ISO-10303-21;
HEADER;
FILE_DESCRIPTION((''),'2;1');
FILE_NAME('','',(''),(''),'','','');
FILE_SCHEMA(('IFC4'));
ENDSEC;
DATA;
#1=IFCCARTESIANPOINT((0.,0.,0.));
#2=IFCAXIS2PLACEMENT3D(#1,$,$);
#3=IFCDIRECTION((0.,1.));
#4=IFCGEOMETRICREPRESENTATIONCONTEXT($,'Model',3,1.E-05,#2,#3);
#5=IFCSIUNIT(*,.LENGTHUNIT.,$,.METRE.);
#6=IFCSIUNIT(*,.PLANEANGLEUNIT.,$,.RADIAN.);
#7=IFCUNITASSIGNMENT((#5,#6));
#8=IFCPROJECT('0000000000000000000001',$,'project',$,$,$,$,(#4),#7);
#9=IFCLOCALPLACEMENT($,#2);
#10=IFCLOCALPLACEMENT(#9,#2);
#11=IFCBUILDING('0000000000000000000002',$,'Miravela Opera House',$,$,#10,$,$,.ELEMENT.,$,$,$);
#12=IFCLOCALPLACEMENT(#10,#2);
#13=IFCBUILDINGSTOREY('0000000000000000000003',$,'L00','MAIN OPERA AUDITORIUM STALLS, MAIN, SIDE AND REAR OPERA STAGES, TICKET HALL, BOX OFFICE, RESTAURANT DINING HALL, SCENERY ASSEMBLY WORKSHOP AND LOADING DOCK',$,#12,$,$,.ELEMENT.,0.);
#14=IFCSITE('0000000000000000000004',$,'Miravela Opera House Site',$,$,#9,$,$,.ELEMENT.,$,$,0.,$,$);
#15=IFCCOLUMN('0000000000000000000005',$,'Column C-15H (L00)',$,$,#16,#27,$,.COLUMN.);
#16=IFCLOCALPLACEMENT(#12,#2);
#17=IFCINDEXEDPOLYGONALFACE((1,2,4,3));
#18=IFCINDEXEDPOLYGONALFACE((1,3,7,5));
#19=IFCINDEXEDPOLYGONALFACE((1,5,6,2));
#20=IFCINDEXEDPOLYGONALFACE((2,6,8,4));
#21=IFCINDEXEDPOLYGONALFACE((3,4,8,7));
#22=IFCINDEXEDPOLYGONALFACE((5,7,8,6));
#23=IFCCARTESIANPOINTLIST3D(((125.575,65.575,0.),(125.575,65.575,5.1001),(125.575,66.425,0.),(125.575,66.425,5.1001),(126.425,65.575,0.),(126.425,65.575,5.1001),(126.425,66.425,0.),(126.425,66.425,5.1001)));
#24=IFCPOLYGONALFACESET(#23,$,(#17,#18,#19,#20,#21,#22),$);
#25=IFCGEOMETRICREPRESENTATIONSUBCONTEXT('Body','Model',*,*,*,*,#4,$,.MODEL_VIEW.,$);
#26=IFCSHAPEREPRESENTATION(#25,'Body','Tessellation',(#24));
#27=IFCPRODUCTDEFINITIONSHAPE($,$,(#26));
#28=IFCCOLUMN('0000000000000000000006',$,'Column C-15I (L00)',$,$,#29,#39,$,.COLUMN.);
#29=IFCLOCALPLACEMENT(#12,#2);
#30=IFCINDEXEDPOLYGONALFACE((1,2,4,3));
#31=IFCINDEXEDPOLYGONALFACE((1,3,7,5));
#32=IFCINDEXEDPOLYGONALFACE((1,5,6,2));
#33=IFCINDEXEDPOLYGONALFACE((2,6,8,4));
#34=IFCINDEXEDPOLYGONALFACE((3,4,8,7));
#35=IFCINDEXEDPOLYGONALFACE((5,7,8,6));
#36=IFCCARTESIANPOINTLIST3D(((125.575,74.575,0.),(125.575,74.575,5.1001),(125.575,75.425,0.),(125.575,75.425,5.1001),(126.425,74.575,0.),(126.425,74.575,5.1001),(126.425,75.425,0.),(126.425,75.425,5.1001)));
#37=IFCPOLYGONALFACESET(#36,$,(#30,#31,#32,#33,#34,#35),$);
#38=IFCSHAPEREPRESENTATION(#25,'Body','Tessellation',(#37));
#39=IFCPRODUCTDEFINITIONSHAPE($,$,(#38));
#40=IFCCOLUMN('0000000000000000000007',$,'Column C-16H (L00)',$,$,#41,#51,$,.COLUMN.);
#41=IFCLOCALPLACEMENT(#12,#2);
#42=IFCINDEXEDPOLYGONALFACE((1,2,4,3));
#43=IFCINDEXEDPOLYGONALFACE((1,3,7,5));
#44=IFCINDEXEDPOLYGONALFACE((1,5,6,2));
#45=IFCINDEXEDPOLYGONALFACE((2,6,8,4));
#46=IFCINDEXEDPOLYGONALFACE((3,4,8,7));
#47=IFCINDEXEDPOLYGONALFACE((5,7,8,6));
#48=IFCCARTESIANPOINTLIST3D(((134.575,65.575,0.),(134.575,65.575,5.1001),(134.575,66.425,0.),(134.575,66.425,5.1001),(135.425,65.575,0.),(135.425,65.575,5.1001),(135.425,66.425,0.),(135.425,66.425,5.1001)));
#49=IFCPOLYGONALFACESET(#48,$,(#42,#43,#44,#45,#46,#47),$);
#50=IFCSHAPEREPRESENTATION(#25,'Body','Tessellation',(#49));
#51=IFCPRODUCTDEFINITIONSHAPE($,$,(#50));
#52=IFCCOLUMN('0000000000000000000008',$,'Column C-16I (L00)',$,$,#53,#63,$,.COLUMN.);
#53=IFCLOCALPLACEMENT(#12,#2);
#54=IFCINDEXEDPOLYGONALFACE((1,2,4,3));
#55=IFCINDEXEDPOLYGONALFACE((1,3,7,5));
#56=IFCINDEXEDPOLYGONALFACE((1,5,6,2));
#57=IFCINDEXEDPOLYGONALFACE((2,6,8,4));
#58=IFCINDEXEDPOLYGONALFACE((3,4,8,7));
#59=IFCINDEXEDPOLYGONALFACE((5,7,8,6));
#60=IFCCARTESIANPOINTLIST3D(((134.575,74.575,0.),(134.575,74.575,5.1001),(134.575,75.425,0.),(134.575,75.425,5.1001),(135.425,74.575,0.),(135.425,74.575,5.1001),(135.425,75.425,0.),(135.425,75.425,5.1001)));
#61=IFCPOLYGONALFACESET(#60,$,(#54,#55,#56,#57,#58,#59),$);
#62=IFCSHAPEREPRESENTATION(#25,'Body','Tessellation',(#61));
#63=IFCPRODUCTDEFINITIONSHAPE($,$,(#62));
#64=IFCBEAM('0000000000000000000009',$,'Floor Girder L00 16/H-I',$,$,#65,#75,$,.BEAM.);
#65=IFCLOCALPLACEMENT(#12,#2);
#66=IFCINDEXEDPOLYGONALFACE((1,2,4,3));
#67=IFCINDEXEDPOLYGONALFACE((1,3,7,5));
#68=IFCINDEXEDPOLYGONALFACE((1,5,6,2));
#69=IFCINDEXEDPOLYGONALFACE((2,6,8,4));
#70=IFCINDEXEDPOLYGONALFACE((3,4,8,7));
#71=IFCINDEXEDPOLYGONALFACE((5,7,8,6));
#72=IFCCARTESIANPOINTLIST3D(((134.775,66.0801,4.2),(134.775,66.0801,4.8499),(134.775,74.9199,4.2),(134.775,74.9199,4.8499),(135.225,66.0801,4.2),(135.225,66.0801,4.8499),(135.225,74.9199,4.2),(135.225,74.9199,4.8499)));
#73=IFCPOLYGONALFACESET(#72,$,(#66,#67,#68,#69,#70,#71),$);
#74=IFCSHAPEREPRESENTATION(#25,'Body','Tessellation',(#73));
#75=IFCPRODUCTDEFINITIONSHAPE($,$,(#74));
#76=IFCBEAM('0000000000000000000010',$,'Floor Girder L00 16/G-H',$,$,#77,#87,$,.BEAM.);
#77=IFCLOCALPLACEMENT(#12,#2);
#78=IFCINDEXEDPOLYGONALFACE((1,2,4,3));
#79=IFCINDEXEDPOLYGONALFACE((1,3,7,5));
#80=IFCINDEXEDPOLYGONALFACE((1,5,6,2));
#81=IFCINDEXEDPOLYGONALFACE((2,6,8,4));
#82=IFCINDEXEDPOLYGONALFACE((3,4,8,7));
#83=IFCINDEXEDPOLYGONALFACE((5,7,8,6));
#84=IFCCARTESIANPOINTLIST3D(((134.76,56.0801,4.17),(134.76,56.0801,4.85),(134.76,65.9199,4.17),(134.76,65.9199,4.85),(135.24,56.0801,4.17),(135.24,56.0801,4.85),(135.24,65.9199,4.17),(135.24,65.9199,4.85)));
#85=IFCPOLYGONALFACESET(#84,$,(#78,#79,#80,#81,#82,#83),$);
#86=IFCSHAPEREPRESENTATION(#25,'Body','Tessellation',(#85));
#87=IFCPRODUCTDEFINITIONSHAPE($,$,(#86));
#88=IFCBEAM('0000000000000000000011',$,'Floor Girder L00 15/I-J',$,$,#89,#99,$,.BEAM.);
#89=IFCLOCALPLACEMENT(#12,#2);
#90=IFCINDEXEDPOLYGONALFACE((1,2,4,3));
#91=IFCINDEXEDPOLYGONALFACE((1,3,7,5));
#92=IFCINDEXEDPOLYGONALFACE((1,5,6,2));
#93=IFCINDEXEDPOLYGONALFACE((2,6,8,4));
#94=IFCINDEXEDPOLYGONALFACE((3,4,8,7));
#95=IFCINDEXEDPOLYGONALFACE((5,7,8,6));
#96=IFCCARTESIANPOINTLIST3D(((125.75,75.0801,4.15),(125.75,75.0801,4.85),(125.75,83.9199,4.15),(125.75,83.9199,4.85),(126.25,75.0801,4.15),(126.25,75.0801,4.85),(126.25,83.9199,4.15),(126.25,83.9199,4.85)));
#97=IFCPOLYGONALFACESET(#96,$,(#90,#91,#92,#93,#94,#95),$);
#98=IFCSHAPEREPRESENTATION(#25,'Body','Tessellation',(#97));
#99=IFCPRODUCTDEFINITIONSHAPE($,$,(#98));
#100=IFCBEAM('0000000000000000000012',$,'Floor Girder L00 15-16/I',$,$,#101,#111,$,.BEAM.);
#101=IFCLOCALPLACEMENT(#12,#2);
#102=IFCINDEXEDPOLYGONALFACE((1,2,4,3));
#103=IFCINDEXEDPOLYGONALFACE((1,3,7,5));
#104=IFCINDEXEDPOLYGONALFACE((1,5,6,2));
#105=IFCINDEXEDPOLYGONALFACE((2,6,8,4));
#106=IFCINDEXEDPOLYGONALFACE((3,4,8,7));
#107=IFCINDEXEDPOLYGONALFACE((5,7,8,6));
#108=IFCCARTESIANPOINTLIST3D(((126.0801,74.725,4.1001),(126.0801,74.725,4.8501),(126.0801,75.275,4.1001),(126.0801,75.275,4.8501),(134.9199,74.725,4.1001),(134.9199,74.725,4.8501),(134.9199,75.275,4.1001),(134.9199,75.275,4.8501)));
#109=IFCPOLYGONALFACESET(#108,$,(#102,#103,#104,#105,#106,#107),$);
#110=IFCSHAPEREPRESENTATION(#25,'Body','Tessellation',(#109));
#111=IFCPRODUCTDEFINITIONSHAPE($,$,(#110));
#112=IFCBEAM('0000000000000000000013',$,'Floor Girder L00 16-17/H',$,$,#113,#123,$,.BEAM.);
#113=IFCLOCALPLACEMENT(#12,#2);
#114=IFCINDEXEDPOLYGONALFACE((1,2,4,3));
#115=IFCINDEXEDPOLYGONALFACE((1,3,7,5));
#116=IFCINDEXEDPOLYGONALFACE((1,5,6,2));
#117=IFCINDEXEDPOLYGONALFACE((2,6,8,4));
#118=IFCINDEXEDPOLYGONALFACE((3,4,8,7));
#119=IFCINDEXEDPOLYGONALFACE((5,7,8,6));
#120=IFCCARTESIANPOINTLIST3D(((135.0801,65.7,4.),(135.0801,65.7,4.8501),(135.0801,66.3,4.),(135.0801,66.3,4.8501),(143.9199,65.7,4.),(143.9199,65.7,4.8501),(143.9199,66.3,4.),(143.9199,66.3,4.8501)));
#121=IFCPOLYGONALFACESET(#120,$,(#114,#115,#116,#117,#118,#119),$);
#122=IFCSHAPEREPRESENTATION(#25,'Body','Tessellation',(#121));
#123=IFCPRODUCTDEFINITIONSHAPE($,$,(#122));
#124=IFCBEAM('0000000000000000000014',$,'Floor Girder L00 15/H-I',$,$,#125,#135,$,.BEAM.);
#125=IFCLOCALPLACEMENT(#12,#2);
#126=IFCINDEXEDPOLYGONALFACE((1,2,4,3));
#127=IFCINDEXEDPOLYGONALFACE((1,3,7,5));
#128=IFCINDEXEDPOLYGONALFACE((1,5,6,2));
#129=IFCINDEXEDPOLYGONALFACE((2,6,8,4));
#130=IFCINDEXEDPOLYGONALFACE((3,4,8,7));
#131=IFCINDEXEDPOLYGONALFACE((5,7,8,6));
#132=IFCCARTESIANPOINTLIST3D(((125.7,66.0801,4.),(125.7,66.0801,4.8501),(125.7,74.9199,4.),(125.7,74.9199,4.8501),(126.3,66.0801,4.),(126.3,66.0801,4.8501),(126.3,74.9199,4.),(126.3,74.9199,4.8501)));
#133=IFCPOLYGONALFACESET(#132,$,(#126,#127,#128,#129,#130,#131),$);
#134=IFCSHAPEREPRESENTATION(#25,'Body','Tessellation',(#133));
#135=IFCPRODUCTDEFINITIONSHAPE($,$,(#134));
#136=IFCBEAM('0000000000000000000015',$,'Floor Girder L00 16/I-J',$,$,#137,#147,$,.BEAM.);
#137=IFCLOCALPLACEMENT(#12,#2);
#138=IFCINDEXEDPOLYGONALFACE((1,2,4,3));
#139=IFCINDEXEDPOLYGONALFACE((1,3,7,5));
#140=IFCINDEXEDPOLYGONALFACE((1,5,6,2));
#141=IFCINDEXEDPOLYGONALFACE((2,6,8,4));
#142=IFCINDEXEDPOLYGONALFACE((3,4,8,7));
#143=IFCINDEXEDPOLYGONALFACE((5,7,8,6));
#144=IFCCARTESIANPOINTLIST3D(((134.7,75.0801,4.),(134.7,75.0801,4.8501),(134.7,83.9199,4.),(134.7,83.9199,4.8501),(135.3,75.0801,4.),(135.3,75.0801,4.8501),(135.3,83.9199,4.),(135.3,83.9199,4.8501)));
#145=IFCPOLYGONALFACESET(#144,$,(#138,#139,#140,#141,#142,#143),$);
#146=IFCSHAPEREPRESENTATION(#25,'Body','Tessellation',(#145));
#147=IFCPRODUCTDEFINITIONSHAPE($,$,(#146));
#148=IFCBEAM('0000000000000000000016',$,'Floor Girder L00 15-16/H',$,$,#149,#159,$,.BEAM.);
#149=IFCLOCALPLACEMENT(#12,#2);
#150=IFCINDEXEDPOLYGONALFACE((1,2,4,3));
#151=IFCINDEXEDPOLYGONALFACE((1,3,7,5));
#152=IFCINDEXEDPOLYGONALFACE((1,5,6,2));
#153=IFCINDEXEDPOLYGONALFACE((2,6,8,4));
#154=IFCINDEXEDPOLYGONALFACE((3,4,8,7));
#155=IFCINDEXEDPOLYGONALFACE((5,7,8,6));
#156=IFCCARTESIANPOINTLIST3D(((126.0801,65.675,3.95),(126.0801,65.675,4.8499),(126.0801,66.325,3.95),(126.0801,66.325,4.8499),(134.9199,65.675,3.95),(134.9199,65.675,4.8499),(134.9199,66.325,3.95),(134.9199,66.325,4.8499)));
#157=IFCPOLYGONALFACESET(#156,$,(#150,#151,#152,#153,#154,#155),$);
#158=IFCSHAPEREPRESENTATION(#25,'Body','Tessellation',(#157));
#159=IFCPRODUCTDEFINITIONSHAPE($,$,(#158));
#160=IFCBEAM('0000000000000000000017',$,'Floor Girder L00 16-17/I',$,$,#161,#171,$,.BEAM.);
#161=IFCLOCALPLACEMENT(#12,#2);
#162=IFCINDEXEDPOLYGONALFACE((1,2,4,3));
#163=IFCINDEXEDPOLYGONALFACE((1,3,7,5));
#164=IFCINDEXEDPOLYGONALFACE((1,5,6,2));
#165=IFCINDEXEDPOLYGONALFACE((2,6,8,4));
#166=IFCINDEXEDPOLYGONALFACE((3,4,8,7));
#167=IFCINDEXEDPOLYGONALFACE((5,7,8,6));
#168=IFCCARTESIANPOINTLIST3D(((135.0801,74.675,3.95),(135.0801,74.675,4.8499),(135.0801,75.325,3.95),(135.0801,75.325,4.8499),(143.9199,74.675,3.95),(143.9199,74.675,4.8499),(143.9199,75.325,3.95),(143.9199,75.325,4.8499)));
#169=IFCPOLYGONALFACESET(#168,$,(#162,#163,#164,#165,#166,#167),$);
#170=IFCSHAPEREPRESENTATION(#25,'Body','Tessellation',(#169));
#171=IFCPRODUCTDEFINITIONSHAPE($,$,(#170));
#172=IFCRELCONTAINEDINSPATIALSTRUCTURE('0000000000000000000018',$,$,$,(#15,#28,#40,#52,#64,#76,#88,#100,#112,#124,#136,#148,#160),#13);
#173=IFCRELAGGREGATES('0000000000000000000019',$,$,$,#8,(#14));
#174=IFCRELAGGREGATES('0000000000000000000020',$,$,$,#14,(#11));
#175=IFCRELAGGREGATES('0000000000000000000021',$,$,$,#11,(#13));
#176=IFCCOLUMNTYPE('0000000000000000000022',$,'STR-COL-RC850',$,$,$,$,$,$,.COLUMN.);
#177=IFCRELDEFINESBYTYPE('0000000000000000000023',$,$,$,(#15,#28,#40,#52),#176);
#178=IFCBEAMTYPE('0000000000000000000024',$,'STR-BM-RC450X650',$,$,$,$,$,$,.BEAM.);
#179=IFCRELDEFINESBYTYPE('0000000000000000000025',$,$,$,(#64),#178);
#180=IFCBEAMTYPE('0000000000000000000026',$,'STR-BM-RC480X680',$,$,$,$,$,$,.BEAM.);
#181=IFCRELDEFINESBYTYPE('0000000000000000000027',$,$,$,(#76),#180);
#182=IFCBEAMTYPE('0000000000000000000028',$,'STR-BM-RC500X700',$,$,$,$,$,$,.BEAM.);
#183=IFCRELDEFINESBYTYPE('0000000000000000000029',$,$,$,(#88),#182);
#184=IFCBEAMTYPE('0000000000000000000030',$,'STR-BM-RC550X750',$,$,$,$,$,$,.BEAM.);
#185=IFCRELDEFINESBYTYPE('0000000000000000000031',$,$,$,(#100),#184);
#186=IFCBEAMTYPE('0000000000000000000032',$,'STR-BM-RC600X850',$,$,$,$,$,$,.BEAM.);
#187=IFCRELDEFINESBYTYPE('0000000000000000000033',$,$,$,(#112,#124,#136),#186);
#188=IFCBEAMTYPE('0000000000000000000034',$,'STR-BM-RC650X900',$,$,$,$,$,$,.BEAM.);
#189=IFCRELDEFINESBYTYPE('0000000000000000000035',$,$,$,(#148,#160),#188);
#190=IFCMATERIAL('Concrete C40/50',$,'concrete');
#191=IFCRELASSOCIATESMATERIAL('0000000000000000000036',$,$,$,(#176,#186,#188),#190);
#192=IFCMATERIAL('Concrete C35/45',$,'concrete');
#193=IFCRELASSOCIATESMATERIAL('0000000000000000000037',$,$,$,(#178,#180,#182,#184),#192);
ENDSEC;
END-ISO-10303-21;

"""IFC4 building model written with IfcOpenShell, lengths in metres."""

from ifc_helpers import new_model, si_unit, direction, frame, origin, origin_2d, place, context, subcontext, project, spatial, rectangle, extrude, material, material_profile, profile_set, type_object, element, save


model = new_model("IFC4")

# Units and contexts
model_context = context("Model", 3, precision=1e-05, world=origin(), true_north=direction((0.0, 1.0)))
body_context = subcontext(model_context, "Body", "Model", "MODEL_VIEW")
ifc_project = project(units=[si_unit("LENGTHUNIT", "METRE"), si_unit("PLANEANGLEUNIT", "RADIAN")], contexts=[model_context])

# Site, building, storey
site_placement = place(None, origin())
site = spatial("IfcSite", under=ifc_project, at=site_placement, Name="Miravela Opera House Site", CompositionType="ELEMENT", RefElevation=0.0)
building_placement = place(site_placement, origin())
building = spatial("IfcBuilding", under=site, at=building_placement, Name="Miravela Opera House", CompositionType="ELEMENT")
storey_placement = place(building_placement, origin())
storey = spatial("IfcBuildingStorey", under=building, at=storey_placement, Name="L00", Description="MAIN OPERA AUDITORIUM STALLS, MAIN, SIDE AND REAR OPERA STAGES, TICKET HALL, BOX OFFICE, RESTAURANT DINING HALL, SCENERY ASSEMBLY WORKSHOP AND LOADING DOCK", CompositionType="ELEMENT", Elevation=0.0)

# Columns
ifc_material_1 = material(Name="Concrete C40/50", Category="concrete")
ifc_material_profile_1 = material_profile(ifc_material_1, rectangle(XDim=0.8501, YDim=0.8501, at=origin_2d()), Name="RC-COL-850X850")
ifc_profile_set_1 = profile_set([ifc_material_profile_1])
column_type = type_object("IfcColumnType", Name="STR-COL-RC850", PredefinedType="COLUMN", material=ifc_profile_set_1)
for number, where, z_axis, x_axis, name in (
    (1, (126.0, 66.0, 0.0), (0.0, 0.0, 1.0), (1.0, 0.0, 0.0), "Column C-15H (L00)"),
    (2, (126.0, 75.0, 0.0), (0.0, 0.0, 1.0), (1.0, 0.0, 0.0), "Column C-15I (L00)"),
    (3, (135.0, 66.0, 0.0), (0.0, 0.0, 1.0), (1.0, 0.0, 0.0), "Column C-16H (L00)"),
    (4, (135.0, 75.0, 0.0), (0.0, 0.0, 1.0), (1.0, 0.0, 0.0), "Column C-16I (L00)"),
):
    element("IfcColumn", number, at=place(storey_placement, frame(where, z_axis=z_axis, x_axis=x_axis)), inside=storey, type_object=column_type, Name=name, PredefinedType="COLUMN", context=body_context, shape_type="SweptSolid", body=[
        extrude(rectangle(XDim=0.8501, YDim=0.8501, at=origin_2d()), origin(), (0.0, 0.0, 1.0), 5.1001),
    ])

# Beams
ifc_material_2 = material(Name="Concrete C35/45", Category="concrete")
ifc_material_profile_2 = material_profile(ifc_material_2, rectangle(XDim=0.45, YDim=0.6499, at=origin_2d()), Name="RC-BM-450X650")
ifc_profile_set_2 = profile_set([ifc_material_profile_2])
beam_type_1 = type_object("IfcBeamType", Name="STR-BM-RC450X650", PredefinedType="BEAM", material=ifc_profile_set_2)
beam_1_placement = place(storey_placement, frame((135.0, 66.0801, 4.5249), z_axis=(0.0, 1.0, 0.0), x_axis=(-1.0, 0.0, 0.0)))
element("IfcBeam", 5, at=beam_1_placement, inside=storey, type_object=beam_type_1, Name="Floor Girder L00 16/H-I", PredefinedType="BEAM", context=body_context, shape_type="SweptSolid", body=[
    extrude(rectangle(XDim=0.45, YDim=0.6499, at=origin_2d()), origin(), (0.0, 0.0, 1.0), 8.8398),
])
ifc_material_profile_3 = material_profile(ifc_material_2, rectangle(XDim=0.48, YDim=0.6799, at=origin_2d()), Name="RC-BM-480X680")
ifc_profile_set_3 = profile_set([ifc_material_profile_3])
beam_type_2 = type_object("IfcBeamType", Name="STR-BM-RC480X680", PredefinedType="BEAM", material=ifc_profile_set_3)
beam_2_placement = place(storey_placement, frame((135.0, 56.0801, 4.51), z_axis=(0.0, 1.0, 0.0), x_axis=(-1.0, 0.0, 0.0)))
element("IfcBeam", 6, at=beam_2_placement, inside=storey, type_object=beam_type_2, Name="Floor Girder L00 16/G-H", PredefinedType="BEAM", context=body_context, shape_type="SweptSolid", body=[
    extrude(rectangle(XDim=0.48, YDim=0.6799, at=origin_2d()), origin(), (0.0, 0.0, 1.0), 9.8398),
])
ifc_material_profile_4 = material_profile(ifc_material_2, rectangle(XDim=0.5, YDim=0.7, at=origin_2d()), Name="RC-BM-500X700")
ifc_profile_set_4 = profile_set([ifc_material_profile_4])
beam_type_3 = type_object("IfcBeamType", Name="STR-BM-RC500X700", PredefinedType="BEAM", material=ifc_profile_set_4)
beam_3_placement = place(storey_placement, frame((126.0, 75.0801, 4.5), z_axis=(0.0, 1.0, 0.0), x_axis=(-1.0, 0.0, 0.0)))
element("IfcBeam", 7, at=beam_3_placement, inside=storey, type_object=beam_type_3, Name="Floor Girder L00 15/I-J", PredefinedType="BEAM", context=body_context, shape_type="SweptSolid", body=[
    extrude(rectangle(XDim=0.5, YDim=0.7, at=origin_2d()), origin(), (0.0, 0.0, 1.0), 8.8398),
])
ifc_material_profile_5 = material_profile(ifc_material_2, rectangle(XDim=0.55, YDim=0.75, at=origin_2d()), Name="RC-BM-550X750")
ifc_profile_set_5 = profile_set([ifc_material_profile_5])
beam_type_4 = type_object("IfcBeamType", Name="STR-BM-RC550X750", PredefinedType="BEAM", material=ifc_profile_set_5)
beam_4_placement = place(storey_placement, frame((126.0801, 75.0, 4.4751), z_axis=(1.0, 0.0, 0.0), x_axis=(0.0, 1.0, 0.0)))
element("IfcBeam", 8, at=beam_4_placement, inside=storey, type_object=beam_type_4, Name="Floor Girder L00 15-16/I", PredefinedType="BEAM", context=body_context, shape_type="SweptSolid", body=[
    extrude(rectangle(XDim=0.55, YDim=0.75, at=origin_2d()), origin(), (0.0, 0.0, 1.0), 8.8398),
])
ifc_material_profile_6 = material_profile(ifc_material_1, rectangle(XDim=0.6001, YDim=0.8501, at=origin_2d()), Name="RC-BM-600X850")
ifc_profile_set_6 = profile_set([ifc_material_profile_6])
beam_type_5 = type_object("IfcBeamType", Name="STR-BM-RC600X850", PredefinedType="BEAM", material=ifc_profile_set_6)
for number, where, z_axis, x_axis, name in (
    (9, (135.0801, 66.0, 4.425), (1.0, 0.0, 0.0), (0.0, 1.0, 0.0), "Floor Girder L00 16-17/H"),
    (10, (126.0, 66.0801, 4.425), (0.0, 1.0, 0.0), (-1.0, 0.0, 0.0), "Floor Girder L00 15/H-I"),
    (11, (135.0, 75.0801, 4.425), (0.0, 1.0, 0.0), (-1.0, 0.0, 0.0), "Floor Girder L00 16/I-J"),
):
    element("IfcBeam", number, at=place(storey_placement, frame(where, z_axis=z_axis, x_axis=x_axis)), inside=storey, type_object=beam_type_5, Name=name, PredefinedType="BEAM", context=body_context, shape_type="SweptSolid", body=[
        extrude(rectangle(XDim=0.6001, YDim=0.8501, at=origin_2d()), origin(), (0.0, 0.0, 1.0), 8.8398),
    ])
ifc_material_profile_7 = material_profile(ifc_material_1, rectangle(XDim=0.6499, YDim=0.8999, at=origin_2d()), Name="RC-BM-650X900")
ifc_profile_set_7 = profile_set([ifc_material_profile_7])
beam_type_6 = type_object("IfcBeamType", Name="STR-BM-RC650X900", PredefinedType="BEAM", material=ifc_profile_set_7)
for number, where, z_axis, x_axis, name in (
    (12, (126.0801, 66.0, 4.3999), (1.0, 0.0, 0.0), (0.0, 1.0, 0.0), "Floor Girder L00 15-16/H"),
    (13, (135.0801, 75.0, 4.3999), (1.0, 0.0, 0.0), (0.0, 1.0, 0.0), "Floor Girder L00 16-17/I"),
):
    element("IfcBeam", number, at=place(storey_placement, frame(where, z_axis=z_axis, x_axis=x_axis)), inside=storey, type_object=beam_type_6, Name=name, PredefinedType="BEAM", context=body_context, shape_type="SweptSolid", body=[
        extrude(rectangle(XDim=0.6499, YDim=0.8999, at=origin_2d()), origin(), (0.0, 0.0, 1.0), 8.8398),
    ])

save(model, "model.ifc")
